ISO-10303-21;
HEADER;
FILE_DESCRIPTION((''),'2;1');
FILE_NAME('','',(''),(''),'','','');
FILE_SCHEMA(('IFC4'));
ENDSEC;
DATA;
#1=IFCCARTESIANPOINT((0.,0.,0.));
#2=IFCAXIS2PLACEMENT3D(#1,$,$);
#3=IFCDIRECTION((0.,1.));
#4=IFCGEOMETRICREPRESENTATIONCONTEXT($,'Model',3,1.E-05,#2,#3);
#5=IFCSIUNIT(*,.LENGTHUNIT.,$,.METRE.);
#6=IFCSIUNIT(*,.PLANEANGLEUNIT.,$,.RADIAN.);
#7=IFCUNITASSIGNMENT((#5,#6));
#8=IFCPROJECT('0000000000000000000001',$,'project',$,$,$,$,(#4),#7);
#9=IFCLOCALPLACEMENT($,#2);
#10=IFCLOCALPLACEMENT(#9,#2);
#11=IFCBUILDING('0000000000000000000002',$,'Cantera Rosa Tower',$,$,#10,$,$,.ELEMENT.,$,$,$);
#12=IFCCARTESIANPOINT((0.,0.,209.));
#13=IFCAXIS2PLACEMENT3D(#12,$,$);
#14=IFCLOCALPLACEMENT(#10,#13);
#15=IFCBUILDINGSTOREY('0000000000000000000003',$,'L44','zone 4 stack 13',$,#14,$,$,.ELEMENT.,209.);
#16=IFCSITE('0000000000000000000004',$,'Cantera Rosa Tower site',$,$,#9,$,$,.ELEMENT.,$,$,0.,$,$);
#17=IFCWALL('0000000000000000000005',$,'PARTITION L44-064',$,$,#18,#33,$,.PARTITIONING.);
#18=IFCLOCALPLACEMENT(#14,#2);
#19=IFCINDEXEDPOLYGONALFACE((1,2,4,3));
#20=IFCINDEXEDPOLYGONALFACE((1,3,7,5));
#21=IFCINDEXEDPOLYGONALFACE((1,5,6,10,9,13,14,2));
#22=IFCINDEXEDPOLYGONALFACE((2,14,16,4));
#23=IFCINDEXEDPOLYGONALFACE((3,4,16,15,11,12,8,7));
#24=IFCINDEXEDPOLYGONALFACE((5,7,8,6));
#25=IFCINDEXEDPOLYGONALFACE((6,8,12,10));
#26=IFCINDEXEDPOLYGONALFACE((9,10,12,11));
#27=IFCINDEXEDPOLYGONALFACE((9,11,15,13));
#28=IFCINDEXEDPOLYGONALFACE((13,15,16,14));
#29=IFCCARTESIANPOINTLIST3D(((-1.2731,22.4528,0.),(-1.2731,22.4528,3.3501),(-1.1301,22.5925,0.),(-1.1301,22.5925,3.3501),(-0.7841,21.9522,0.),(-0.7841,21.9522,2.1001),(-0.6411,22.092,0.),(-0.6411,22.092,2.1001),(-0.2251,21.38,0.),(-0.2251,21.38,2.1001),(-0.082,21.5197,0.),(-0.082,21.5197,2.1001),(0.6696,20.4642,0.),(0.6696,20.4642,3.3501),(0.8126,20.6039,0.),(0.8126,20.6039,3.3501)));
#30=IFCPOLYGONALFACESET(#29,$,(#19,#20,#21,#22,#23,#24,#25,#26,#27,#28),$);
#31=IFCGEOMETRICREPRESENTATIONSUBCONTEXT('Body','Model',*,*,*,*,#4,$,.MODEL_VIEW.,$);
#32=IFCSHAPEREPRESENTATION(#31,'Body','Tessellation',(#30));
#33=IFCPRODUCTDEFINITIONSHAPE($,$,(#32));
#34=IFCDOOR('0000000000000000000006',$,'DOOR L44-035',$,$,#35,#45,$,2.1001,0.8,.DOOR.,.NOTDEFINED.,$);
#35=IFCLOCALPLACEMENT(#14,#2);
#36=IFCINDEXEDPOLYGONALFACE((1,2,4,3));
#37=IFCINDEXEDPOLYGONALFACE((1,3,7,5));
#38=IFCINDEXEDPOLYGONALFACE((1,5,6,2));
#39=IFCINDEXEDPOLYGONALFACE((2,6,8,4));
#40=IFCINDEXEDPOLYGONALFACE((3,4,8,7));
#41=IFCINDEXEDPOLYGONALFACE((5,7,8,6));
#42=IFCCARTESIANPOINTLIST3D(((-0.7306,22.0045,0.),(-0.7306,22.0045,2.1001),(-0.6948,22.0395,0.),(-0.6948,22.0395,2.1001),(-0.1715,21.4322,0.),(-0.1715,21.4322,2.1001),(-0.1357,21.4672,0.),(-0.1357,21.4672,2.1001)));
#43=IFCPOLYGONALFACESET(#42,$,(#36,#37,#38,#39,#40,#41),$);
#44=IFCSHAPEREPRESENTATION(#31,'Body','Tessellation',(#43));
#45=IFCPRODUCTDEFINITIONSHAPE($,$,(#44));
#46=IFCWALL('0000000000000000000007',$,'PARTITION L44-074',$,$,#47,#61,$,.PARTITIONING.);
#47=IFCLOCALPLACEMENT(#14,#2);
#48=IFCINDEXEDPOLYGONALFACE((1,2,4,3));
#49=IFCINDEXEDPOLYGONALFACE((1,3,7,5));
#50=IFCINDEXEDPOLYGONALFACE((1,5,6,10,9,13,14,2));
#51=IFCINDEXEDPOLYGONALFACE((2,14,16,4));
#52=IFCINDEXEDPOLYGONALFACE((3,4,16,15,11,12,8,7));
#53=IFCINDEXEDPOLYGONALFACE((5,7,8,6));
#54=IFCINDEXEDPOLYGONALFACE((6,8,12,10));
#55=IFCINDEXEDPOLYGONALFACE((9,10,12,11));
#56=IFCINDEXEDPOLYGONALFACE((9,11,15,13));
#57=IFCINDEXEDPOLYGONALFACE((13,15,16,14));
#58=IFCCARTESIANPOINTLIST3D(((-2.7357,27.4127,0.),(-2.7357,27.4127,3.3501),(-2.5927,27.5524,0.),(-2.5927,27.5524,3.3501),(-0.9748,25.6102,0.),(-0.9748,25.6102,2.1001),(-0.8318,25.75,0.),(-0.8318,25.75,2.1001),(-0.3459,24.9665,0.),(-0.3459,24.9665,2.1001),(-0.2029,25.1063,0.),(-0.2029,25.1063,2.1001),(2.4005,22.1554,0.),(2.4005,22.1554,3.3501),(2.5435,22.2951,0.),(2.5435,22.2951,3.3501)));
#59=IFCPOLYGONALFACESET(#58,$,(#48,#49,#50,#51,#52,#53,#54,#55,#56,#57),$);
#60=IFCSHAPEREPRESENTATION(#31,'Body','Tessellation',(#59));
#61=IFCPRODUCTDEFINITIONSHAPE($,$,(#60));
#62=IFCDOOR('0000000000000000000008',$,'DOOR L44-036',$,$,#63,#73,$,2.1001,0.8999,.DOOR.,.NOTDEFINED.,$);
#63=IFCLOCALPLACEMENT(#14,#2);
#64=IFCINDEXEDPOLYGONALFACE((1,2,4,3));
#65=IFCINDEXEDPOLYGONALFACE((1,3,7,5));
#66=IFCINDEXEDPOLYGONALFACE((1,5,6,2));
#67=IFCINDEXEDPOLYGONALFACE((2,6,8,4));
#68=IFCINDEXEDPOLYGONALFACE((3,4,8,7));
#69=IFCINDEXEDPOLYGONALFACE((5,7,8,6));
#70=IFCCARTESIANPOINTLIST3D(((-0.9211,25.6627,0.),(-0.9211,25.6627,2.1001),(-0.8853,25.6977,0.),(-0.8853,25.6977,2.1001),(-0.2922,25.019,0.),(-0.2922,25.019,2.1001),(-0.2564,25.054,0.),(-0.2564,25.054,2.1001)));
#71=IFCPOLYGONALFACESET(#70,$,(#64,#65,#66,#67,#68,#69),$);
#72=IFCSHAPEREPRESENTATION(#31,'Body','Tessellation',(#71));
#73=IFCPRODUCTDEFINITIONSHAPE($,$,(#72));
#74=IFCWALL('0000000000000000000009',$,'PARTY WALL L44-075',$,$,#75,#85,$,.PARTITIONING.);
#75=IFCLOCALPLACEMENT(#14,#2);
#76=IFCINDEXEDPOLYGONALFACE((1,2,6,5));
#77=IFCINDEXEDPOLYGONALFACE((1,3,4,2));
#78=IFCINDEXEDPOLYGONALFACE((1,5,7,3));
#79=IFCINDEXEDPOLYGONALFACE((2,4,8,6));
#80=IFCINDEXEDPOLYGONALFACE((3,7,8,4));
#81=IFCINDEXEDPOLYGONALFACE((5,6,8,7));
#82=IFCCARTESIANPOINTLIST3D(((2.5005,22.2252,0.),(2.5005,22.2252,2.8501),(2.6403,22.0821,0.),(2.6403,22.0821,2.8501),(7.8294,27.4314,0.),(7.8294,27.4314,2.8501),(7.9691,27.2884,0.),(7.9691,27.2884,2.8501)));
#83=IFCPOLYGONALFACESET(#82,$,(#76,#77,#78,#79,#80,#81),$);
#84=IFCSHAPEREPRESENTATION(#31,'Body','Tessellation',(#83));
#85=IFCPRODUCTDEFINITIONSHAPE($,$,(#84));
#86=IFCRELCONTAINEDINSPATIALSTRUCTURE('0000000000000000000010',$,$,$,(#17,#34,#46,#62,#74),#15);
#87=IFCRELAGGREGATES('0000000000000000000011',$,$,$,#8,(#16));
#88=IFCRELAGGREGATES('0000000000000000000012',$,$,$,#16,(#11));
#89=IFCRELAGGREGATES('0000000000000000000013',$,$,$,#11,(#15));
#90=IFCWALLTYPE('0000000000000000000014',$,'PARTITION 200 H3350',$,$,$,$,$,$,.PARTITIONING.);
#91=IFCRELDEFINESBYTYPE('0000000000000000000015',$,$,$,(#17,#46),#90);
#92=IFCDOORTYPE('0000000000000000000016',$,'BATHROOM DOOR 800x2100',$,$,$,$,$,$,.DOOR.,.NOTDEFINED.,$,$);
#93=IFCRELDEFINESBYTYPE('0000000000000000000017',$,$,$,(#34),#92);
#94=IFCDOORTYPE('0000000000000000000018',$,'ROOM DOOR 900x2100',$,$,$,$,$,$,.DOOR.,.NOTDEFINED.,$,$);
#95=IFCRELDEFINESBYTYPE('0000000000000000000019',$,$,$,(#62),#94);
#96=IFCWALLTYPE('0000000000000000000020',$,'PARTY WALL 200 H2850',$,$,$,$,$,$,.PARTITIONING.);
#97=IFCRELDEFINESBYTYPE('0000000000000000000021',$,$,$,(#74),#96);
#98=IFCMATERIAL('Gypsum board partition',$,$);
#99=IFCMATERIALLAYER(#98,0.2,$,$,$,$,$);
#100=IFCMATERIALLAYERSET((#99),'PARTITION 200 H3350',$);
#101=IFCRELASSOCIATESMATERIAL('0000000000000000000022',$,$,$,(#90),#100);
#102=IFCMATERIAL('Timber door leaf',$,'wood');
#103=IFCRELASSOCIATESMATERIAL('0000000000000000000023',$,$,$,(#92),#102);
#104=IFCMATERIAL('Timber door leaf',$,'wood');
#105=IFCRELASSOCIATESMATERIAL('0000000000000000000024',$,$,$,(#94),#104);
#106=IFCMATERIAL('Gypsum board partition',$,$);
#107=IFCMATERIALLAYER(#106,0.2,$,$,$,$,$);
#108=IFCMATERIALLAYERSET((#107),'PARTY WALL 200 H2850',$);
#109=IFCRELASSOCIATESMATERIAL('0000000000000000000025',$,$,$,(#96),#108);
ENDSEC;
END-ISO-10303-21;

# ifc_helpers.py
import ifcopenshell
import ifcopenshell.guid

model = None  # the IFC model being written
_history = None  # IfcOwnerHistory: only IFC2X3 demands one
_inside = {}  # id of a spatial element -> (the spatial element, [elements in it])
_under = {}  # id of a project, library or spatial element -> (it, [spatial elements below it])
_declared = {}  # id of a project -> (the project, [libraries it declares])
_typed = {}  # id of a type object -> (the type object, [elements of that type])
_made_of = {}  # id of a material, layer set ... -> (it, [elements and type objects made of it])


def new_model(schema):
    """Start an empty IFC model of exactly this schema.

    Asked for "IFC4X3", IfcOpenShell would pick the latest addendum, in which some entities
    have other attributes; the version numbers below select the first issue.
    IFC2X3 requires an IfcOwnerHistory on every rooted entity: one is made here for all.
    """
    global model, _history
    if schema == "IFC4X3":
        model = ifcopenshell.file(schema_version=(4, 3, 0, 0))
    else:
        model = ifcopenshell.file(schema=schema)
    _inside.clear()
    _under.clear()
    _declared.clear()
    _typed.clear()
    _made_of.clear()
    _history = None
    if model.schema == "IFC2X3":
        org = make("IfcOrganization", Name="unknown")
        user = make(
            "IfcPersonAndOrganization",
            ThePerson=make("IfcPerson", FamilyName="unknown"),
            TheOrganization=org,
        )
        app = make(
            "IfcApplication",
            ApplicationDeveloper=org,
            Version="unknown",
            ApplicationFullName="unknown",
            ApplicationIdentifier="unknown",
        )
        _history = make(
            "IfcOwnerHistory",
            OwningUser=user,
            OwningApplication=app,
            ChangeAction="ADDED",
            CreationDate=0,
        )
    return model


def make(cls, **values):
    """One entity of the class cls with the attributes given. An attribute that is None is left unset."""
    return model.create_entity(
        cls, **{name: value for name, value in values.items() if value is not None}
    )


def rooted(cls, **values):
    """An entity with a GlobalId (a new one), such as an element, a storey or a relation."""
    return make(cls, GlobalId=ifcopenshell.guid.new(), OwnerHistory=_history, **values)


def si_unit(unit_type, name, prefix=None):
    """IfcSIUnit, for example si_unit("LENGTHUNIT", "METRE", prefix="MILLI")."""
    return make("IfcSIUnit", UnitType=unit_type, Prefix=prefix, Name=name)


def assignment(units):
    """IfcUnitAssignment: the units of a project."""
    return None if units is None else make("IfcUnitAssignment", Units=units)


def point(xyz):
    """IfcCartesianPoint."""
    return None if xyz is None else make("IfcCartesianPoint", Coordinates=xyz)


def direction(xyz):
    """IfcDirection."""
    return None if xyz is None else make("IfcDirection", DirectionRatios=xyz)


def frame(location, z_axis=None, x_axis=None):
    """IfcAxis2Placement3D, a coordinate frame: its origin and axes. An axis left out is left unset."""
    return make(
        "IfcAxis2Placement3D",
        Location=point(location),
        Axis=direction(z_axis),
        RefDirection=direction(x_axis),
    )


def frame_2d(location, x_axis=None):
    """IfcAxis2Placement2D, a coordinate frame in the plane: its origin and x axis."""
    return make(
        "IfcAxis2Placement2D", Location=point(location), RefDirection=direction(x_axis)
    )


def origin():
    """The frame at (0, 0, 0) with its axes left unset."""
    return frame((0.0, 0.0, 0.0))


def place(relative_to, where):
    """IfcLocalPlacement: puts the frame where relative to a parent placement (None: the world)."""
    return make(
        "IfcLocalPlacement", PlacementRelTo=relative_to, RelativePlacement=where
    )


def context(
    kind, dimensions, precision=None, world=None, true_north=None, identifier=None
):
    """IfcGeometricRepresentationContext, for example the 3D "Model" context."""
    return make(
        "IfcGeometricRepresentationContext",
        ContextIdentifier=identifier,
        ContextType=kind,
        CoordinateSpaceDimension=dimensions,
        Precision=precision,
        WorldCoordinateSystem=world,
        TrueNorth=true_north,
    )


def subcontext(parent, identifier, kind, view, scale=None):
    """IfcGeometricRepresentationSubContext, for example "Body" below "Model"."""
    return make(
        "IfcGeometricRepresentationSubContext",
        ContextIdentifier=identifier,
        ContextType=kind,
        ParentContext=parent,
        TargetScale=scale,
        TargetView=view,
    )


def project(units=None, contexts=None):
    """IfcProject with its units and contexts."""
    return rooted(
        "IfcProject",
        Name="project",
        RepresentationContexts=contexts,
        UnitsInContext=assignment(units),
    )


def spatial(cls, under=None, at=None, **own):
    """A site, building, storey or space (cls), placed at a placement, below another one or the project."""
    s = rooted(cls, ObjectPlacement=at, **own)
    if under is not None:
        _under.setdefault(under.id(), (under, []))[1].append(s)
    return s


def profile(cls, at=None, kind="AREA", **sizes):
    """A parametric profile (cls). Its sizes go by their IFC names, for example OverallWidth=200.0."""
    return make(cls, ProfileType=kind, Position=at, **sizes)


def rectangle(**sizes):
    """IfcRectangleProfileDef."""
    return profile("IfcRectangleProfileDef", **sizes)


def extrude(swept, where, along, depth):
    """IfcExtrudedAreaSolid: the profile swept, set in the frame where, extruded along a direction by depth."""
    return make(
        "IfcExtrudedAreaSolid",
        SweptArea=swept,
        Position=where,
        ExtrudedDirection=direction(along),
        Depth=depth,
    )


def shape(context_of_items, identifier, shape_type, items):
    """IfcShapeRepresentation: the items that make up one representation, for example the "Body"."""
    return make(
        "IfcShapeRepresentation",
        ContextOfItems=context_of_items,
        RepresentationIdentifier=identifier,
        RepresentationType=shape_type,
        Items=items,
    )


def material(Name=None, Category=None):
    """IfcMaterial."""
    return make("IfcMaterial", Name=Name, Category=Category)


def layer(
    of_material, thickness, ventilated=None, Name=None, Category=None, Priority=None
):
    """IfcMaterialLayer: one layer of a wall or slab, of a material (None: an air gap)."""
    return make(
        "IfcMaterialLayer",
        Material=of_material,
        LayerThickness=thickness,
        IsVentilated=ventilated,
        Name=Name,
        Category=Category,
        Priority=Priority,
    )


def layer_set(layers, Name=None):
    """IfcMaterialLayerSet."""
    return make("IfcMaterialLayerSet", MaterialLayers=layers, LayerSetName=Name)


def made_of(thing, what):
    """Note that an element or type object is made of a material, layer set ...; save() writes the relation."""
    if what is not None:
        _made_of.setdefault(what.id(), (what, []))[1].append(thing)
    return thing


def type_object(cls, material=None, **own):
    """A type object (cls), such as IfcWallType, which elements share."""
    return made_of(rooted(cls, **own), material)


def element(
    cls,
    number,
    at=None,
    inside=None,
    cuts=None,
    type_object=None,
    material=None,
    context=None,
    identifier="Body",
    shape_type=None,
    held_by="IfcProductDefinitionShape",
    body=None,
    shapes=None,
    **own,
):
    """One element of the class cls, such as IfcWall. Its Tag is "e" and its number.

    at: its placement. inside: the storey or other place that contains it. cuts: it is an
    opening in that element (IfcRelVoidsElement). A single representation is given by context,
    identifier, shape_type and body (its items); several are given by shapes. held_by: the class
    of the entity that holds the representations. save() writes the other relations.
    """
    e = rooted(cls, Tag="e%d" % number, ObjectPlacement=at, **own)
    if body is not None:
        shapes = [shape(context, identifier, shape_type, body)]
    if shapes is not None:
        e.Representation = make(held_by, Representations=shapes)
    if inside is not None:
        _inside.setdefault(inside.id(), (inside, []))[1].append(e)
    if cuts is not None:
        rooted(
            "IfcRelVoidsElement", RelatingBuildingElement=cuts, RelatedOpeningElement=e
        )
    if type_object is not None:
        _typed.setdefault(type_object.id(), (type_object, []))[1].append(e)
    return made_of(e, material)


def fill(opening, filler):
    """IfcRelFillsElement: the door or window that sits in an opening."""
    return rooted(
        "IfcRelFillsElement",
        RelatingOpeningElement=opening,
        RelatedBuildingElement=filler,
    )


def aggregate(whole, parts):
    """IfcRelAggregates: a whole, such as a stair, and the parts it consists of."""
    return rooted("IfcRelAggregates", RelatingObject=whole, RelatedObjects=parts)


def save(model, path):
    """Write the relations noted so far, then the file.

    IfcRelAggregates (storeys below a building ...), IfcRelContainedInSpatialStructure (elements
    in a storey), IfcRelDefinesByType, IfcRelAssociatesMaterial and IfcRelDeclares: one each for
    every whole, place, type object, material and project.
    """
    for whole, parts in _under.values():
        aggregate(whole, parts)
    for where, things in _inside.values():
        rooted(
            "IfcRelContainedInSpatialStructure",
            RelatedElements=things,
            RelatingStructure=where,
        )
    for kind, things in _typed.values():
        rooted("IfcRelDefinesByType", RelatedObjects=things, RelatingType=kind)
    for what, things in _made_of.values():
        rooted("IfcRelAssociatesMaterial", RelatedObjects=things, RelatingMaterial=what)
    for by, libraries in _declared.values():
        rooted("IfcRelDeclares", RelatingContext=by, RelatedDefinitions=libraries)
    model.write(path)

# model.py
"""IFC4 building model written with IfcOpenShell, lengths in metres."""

from ifc_helpers import new_model, si_unit, direction, frame, frame_2d, origin, place, context, subcontext, project, spatial, rectangle, extrude, material, layer, layer_set, type_object, element, fill, save


model = new_model("IFC4")

# Units and contexts
model_context = context("Model", 3, precision=1e-05, world=origin(), true_north=direction((0.0, 1.0)))
body_context = subcontext(model_context, "Body", "Model", "MODEL_VIEW")
ifc_project = project(units=[si_unit("LENGTHUNIT", "METRE"), si_unit("PLANEANGLEUNIT", "RADIAN")], contexts=[model_context])

# Site, building, storey
site_placement = place(None, origin())
site = spatial("IfcSite", under=ifc_project, at=site_placement, Name="Cantera Rosa Tower site", CompositionType="ELEMENT", RefElevation=0.0)
building_placement = place(site_placement, origin())
building = spatial("IfcBuilding", under=site, at=building_placement, Name="Cantera Rosa Tower", CompositionType="ELEMENT")
storey_placement = place(building_placement, frame((0.0, 0.0, 209.0)))
storey = spatial("IfcBuildingStorey", under=building, at=storey_placement, Name="L44", Description="zone 4 stack 13", CompositionType="ELEMENT", Elevation=209.0)

# Shared definitions
ifc_material_1 = material(Name="Gypsum board partition")
ifc_layer_1 = layer(ifc_material_1, 0.2)
ifc_layer_set_1 = layer_set([ifc_layer_1], Name="PARTITION 200 H3350")
wall_type_1 = type_object("IfcWallType", Name="PARTITION 200 H3350", PredefinedType="PARTITIONING", material=ifc_layer_set_1)

# Walls, openings, doors
wall_1_placement = place(storey_placement, frame((-1.2017, 22.5227, 0.0), z_axis=(0.0, 0.0, 1.0), x_axis=(0.698803, -0.715314, 0.0)))
wall_1 = element("IfcWall", 1, at=wall_1_placement, inside=storey, type_object=wall_type_1, Name="PARTITION L44-064", PredefinedType="PARTITIONING", context=body_context, shape_type="SweptSolid", body=[
    extrude(rectangle(XDim=2.78, YDim=0.2, at=frame_2d((1.3901, 0.0))), origin(), (0.0, 0.0, 1.0), 3.3501),
])
opening_1_placement = place(wall_1_placement, frame((0.7, 0.0, 0.0)))
opening_1 = element("IfcOpeningElement", 2, at=opening_1_placement, cuts=wall_1, PredefinedType="OPENING", context=body_context, shape_type="SweptSolid", body=[
    extrude(rectangle(XDim=0.8, YDim=2.1001, at=frame_2d((0.3999, 1.05))), frame((0.0, 0.1099, 0.0), z_axis=(0.0, -1.0, 0.0), x_axis=(1.0, 0.0, 0.0)), (0.0, 0.0, 1.0), 0.22),
])
ifc_material_2 = material(Name="Timber door leaf", Category="wood")
door_type_1 = type_object("IfcDoorType", Name="BATHROOM DOOR 800x2100", OperationType="NOTDEFINED", PredefinedType="DOOR", material=ifc_material_2)
door_1_placement = place(opening_1_placement, origin())
door_1 = element("IfcDoor", 3, at=door_1_placement, inside=storey, type_object=door_type_1, Name="DOOR L44-035", OperationType="NOTDEFINED", OverallHeight=2.1001, OverallWidth=0.8, PredefinedType="DOOR", context=body_context, shape_type="SweptSolid", body=[
    extrude(rectangle(XDim=0.8, YDim=2.1001, at=frame_2d((0.3999, 1.05))), frame((0.0, 0.0249, 0.0), z_axis=(0.0, -1.0, 0.0), x_axis=(1.0, 0.0, 0.0)), (0.0, 0.0, 1.0), 0.05),
])
fill(opening_1, door_1)
wall_2_placement = place(storey_placement, frame((2.4719, 22.2253, 0.0), z_axis=(0.0, 0.0, 1.0), x_axis=(-0.698821, 0.715297, 0.0)))
wall_2 = element("IfcWall", 4, at=wall_2_placement, inside=storey, type_object=wall_type_1, Name="PARTITION L44-074", PredefinedType="PARTITIONING", context=body_context, shape_type="SweptSolid", body=[
    extrude(rectangle(XDim=7.3499, YDim=0.2, at=frame_2d((3.6748, 0.0))), origin(), (0.0, 0.0, 1.0), 3.3501),
])
opening_2_placement = place(wall_2_placement, frame((3.9299, 0.0, 0.0)))
opening_2 = element("IfcOpeningElement", 5, at=opening_2_placement, cuts=wall_2, PredefinedType="OPENING", context=body_context, shape_type="SweptSolid", body=[
    extrude(rectangle(XDim=0.8999, YDim=2.1001, at=frame_2d((0.45, 1.05))), frame((0.0, 0.1099, 0.0), z_axis=(0.0, -1.0, 0.0), x_axis=(1.0, 0.0, 0.0)), (0.0, 0.0, 1.0), 0.22),
])
ifc_material_3 = material(Name="Timber door leaf", Category="wood")
door_type_2 = type_object("IfcDoorType", Name="ROOM DOOR 900x2100", OperationType="NOTDEFINED", PredefinedType="DOOR", material=ifc_material_3)
door_2_placement = place(opening_2_placement, origin())
door_2 = element("IfcDoor", 6, at=door_2_placement, inside=storey, type_object=door_type_2, Name="DOOR L44-036", OperationType="NOTDEFINED", OverallHeight=2.1001, OverallWidth=0.8999, PredefinedType="DOOR", context=body_context, shape_type="SweptSolid", body=[
    extrude(rectangle(XDim=0.8999, YDim=2.1001, at=frame_2d((0.45, 1.05))), frame((0.0, 0.0249, 0.0), z_axis=(0.0, -1.0, 0.0), x_axis=(1.0, 0.0, 0.0)), (0.0, 0.0, 1.0), 0.05),
])
fill(opening_2, door_2)

# Wall
ifc_material_4 = material(Name="Gypsum board partition")
ifc_layer_2 = layer(ifc_material_4, 0.2)
ifc_layer_set_2 = layer_set([ifc_layer_2], Name="PARTY WALL 200 H2850")
wall_type_2 = type_object("IfcWallType", Name="PARTY WALL 200 H2850", PredefinedType="PARTITIONING", material=ifc_layer_set_2)
wall_3_placement = place(storey_placement, frame((2.5703, 22.1536, 0.0), z_axis=(0.0, 0.0, 1.0), x_axis=(0.715284, 0.698834, 0.0)))
element("IfcWall", 7, at=wall_3_placement, inside=storey, type_object=wall_type_2, Name="PARTY WALL L44-075", PredefinedType="PARTITIONING", context=body_context, shape_type="SweptSolid", body=[
    extrude(rectangle(XDim=7.45, YDim=0.2, at=frame_2d((3.7251, 0.0))), origin(), (0.0, 0.0, 1.0), 2.8501),
])

save(model, "model.ifc")
